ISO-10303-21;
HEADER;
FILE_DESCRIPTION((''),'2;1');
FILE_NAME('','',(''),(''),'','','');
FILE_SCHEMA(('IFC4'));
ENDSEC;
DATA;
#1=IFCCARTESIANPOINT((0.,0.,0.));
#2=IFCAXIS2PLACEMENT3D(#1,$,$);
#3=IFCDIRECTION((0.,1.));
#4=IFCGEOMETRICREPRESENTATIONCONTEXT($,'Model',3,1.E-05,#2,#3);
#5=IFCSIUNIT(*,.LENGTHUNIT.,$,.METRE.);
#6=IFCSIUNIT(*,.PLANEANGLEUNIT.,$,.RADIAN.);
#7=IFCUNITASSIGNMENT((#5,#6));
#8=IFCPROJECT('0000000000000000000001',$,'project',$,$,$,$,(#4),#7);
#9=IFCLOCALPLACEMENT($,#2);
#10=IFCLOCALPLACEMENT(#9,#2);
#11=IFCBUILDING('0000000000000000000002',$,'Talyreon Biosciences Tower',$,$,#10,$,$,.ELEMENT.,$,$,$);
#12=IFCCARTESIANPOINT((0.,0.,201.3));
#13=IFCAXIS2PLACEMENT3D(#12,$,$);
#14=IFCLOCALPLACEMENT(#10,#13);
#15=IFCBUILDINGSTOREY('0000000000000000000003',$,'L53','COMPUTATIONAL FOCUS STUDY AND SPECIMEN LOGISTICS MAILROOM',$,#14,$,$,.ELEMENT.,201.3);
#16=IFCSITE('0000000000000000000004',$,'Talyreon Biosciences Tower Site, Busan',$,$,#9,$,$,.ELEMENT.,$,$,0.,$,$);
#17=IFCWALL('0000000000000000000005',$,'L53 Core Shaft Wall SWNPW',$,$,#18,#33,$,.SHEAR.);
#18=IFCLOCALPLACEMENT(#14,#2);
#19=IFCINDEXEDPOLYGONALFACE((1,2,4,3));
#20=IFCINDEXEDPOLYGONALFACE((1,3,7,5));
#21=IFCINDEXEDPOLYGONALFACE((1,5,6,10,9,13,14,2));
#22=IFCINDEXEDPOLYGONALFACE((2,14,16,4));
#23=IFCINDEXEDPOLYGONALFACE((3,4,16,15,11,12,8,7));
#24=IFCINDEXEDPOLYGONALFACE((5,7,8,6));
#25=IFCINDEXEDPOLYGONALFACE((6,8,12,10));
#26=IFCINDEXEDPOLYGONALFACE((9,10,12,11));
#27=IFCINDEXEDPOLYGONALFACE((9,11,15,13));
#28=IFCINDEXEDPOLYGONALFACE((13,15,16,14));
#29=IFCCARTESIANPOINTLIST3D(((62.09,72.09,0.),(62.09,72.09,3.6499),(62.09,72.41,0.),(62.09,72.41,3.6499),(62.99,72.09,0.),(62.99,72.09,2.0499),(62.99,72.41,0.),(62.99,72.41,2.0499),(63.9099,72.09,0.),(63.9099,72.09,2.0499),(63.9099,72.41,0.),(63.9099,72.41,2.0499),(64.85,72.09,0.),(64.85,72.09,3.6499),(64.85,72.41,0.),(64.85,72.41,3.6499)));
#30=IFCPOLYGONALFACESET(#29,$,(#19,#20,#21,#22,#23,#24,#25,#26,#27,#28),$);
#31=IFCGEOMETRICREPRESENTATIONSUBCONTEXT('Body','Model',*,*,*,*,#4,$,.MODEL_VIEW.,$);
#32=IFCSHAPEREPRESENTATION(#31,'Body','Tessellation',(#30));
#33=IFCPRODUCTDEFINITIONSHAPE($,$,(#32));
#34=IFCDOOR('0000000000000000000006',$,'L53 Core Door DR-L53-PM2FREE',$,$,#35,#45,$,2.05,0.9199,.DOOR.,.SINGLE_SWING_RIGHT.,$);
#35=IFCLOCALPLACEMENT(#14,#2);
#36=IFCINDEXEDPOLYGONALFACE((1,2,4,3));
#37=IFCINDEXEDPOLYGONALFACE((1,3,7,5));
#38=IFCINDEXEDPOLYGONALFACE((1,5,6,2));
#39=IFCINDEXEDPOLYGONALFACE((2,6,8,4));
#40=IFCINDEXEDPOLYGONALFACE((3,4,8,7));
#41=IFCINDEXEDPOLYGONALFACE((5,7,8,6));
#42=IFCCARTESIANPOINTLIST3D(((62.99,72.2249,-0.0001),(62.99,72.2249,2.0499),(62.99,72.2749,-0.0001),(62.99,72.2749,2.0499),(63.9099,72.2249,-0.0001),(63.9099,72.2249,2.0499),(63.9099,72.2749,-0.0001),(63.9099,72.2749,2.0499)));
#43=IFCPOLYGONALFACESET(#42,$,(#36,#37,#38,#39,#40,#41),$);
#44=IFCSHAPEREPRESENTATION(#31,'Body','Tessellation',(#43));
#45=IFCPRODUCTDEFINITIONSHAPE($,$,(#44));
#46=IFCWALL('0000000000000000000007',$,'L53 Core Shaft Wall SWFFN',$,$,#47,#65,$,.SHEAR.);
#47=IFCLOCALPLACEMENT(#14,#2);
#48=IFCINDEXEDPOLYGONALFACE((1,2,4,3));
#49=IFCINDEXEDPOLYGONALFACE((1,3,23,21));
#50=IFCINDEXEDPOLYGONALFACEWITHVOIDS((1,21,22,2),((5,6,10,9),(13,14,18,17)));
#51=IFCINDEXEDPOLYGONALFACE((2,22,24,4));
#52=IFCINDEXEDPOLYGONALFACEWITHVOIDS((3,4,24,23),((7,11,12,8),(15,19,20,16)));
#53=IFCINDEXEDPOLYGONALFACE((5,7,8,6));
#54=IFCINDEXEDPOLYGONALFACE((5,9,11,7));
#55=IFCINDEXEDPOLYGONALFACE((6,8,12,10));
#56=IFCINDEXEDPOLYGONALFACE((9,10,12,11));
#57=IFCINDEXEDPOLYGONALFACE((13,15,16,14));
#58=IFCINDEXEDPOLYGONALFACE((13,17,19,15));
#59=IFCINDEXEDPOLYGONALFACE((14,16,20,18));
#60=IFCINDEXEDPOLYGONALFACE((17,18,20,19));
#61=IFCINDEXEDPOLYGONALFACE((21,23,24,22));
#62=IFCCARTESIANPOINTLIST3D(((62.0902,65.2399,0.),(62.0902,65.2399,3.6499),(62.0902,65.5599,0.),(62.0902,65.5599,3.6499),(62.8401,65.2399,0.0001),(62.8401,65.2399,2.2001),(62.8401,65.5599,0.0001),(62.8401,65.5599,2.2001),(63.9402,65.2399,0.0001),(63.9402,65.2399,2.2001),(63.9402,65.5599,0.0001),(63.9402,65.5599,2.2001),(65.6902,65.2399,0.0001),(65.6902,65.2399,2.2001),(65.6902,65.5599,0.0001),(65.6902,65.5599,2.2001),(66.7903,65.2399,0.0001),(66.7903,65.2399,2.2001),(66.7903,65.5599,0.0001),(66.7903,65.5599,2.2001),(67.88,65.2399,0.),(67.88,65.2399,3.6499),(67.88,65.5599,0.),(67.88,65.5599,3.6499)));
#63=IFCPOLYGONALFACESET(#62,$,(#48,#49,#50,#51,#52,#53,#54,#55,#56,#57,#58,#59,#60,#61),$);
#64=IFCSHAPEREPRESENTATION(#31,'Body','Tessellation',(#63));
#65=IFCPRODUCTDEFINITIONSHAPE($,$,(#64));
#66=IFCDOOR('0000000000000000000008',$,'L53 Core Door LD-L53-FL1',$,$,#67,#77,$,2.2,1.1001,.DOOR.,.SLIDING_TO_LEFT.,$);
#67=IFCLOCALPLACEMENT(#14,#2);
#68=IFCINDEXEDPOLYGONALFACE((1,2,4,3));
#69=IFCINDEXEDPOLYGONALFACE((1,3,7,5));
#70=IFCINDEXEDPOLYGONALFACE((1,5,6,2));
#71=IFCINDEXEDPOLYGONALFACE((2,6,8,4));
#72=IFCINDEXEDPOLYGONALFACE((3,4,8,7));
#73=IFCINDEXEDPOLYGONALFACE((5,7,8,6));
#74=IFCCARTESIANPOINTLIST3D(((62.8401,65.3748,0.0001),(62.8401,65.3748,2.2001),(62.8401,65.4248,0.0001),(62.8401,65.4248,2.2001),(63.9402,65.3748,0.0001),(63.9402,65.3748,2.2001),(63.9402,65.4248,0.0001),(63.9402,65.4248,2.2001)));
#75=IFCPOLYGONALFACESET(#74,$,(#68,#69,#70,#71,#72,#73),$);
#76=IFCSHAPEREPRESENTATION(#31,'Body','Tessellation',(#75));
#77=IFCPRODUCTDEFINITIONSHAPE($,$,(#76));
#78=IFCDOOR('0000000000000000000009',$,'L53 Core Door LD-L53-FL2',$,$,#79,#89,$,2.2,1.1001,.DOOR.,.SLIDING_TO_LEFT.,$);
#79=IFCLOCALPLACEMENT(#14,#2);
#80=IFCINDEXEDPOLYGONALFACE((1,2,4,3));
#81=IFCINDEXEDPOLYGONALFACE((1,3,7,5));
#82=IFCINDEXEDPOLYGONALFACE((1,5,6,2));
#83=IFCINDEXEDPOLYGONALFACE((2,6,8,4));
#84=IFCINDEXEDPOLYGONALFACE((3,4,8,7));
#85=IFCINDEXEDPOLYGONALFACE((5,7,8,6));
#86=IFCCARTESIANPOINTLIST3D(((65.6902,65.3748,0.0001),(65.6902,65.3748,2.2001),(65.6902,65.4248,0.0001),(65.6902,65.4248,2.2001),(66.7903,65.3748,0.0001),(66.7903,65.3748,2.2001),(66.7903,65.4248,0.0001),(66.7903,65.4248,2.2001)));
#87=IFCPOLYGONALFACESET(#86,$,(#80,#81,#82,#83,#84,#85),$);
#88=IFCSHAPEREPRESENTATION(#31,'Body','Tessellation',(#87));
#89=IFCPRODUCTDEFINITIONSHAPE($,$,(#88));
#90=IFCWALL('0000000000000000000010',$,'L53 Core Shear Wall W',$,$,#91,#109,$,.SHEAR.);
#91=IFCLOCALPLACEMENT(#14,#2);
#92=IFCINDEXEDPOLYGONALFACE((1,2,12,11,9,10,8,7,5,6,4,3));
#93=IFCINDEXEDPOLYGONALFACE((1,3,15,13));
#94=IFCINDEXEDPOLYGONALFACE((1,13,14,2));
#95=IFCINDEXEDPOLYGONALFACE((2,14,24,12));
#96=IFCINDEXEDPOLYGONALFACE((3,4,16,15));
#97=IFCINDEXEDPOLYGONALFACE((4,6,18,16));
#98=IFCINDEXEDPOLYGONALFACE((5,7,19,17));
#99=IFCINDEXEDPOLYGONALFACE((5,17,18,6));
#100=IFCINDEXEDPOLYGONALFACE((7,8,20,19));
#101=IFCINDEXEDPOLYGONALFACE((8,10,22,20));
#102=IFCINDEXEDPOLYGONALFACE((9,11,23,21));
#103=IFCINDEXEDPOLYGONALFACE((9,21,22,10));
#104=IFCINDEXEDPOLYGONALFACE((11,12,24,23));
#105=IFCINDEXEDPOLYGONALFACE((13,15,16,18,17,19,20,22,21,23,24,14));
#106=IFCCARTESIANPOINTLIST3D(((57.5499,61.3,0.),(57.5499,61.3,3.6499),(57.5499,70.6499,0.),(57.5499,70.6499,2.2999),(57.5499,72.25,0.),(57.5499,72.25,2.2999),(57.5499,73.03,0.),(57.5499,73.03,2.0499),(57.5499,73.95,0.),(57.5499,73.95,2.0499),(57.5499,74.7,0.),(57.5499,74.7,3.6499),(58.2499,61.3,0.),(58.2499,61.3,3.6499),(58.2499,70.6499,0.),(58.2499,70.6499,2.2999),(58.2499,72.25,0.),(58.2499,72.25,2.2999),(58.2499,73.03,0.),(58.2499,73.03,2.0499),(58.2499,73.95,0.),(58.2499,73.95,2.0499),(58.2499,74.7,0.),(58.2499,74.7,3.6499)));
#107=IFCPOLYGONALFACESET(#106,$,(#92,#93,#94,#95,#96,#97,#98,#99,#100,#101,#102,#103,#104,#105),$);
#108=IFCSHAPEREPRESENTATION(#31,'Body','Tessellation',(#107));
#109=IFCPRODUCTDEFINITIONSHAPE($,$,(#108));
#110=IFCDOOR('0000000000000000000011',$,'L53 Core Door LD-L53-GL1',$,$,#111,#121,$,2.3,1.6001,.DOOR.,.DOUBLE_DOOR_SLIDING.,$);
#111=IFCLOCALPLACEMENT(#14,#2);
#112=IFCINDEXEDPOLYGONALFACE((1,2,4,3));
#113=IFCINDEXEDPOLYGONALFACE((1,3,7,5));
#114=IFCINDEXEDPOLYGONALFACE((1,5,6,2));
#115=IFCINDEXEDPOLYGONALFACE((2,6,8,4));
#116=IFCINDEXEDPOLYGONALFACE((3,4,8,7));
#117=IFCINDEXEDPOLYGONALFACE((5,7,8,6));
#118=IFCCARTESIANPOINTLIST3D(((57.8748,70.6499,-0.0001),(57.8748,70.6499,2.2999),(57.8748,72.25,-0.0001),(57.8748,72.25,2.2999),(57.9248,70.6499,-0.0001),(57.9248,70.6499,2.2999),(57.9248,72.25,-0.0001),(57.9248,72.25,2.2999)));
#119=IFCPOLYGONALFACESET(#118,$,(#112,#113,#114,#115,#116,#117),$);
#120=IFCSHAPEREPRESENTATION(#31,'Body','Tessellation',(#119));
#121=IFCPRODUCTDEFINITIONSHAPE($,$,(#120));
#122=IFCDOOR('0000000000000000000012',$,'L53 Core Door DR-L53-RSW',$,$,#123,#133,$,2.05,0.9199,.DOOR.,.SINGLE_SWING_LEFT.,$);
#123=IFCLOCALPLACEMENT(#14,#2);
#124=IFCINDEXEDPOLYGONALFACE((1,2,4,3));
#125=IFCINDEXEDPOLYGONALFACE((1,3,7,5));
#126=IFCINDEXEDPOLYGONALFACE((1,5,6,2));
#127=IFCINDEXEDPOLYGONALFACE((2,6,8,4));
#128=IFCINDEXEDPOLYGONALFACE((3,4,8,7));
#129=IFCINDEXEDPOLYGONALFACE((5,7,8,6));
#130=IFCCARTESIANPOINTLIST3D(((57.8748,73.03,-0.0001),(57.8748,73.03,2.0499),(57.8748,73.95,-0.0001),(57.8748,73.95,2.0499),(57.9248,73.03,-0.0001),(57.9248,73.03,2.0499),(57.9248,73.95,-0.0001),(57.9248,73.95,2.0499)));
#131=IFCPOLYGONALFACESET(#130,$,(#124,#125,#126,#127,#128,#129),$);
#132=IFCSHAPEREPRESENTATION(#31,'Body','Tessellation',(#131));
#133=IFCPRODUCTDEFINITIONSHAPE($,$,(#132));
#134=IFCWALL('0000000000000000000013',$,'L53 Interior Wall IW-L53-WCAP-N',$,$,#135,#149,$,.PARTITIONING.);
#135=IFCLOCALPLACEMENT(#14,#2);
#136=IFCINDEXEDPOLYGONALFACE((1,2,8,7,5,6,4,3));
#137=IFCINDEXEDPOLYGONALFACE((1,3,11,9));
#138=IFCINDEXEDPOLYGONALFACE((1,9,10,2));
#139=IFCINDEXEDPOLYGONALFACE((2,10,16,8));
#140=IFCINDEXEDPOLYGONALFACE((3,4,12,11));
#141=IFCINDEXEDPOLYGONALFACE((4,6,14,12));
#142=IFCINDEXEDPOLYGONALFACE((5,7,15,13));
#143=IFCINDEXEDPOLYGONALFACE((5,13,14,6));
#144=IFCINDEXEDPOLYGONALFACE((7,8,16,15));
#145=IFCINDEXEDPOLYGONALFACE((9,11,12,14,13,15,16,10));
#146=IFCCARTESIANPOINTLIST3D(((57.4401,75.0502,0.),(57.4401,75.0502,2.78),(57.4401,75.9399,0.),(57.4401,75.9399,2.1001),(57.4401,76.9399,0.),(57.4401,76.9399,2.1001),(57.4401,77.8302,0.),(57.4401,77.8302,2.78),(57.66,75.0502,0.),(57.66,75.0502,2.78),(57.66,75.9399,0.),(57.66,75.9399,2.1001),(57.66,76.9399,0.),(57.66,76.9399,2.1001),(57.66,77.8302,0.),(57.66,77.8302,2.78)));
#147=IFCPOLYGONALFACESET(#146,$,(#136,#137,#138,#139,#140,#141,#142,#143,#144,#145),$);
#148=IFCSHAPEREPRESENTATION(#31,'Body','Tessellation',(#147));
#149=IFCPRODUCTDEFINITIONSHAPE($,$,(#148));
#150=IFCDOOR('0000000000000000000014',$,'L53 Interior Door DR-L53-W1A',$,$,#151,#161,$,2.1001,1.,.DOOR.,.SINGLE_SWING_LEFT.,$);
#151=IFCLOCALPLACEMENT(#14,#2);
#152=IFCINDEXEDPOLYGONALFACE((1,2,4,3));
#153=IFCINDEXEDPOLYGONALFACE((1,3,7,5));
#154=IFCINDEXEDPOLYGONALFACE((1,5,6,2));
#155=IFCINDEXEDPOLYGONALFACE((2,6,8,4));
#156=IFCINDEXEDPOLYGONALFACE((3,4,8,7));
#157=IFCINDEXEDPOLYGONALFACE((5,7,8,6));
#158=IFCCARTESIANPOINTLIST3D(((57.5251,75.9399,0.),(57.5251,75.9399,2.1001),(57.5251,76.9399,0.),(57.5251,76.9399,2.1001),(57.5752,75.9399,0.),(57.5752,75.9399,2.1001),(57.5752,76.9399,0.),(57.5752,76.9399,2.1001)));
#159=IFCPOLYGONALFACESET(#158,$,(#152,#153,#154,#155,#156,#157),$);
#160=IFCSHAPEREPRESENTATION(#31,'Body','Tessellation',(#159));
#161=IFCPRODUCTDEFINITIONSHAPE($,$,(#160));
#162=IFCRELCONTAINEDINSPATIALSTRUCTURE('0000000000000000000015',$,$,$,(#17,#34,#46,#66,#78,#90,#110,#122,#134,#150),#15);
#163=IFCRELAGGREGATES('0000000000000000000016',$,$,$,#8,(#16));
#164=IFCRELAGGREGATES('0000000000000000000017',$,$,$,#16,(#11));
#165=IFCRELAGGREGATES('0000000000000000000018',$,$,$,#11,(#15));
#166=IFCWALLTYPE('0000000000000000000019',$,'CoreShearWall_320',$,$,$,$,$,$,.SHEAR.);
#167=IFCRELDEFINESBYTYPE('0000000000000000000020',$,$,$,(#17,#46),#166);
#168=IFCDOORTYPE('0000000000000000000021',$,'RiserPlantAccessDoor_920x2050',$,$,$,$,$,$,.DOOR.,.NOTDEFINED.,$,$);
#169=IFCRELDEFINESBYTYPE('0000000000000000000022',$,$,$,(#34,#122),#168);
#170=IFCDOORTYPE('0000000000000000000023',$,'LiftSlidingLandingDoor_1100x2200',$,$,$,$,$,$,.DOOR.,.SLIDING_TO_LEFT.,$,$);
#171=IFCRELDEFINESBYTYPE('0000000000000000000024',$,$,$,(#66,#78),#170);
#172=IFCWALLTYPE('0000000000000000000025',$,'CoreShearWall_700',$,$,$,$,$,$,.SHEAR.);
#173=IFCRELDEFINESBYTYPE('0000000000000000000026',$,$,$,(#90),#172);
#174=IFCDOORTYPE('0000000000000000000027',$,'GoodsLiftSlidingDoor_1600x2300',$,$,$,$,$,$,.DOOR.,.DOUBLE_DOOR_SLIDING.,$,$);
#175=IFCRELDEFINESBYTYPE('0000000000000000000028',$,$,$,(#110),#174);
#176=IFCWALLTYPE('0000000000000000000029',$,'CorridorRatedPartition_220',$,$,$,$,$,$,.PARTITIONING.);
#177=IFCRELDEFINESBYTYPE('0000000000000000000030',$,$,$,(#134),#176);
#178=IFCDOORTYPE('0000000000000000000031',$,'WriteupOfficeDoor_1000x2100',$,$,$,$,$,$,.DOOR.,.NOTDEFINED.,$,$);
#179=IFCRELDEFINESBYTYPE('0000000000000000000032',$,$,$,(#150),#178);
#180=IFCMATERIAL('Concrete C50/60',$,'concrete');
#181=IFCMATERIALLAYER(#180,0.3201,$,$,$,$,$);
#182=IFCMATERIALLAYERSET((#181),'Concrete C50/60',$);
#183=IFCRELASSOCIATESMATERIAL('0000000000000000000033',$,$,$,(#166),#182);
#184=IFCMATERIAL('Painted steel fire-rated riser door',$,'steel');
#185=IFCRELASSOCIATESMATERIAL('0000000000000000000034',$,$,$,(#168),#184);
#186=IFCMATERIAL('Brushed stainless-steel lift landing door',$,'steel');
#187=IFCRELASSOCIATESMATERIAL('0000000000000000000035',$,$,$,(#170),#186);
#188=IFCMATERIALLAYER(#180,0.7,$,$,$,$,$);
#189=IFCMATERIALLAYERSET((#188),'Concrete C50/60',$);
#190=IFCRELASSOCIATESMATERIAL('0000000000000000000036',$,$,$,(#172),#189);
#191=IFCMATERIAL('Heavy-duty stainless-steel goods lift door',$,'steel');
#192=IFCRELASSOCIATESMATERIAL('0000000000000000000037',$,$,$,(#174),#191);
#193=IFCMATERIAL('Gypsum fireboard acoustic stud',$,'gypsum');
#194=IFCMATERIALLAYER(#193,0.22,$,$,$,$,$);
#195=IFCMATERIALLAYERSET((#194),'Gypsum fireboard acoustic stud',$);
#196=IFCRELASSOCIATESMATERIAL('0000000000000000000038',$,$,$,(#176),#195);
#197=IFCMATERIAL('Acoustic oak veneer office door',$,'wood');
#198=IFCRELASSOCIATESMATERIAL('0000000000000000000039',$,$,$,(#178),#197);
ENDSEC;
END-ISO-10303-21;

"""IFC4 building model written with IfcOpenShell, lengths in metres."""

from ifc_helpers import new_model, si_unit, direction, frame, frame_2d, origin, place, context, subcontext, project, spatial, rectangle, extrude, material, layer, layer_set, type_object, element, fill, save


model = new_model("IFC4")

# Units and contexts
model_context = context("Model", 3, precision=1e-05, world=origin(), true_north=direction((0.0, 1.0)))
body_context = subcontext(model_context, "Body", "Model", "MODEL_VIEW")
ifc_project = project(units=[si_unit("LENGTHUNIT", "METRE"), si_unit("PLANEANGLEUNIT", "RADIAN")], contexts=[model_context])

# Site, building, storey
site_placement = place(None, origin())
site = spatial("IfcSite", under=ifc_project, at=site_placement, Name="Talyreon Biosciences Tower Site, Busan", CompositionType="ELEMENT", RefElevation=0.0)
building_placement = place(site_placement, origin())
building = spatial("IfcBuilding", under=site, at=building_placement, Name="Talyreon Biosciences Tower", CompositionType="ELEMENT")
storey_placement = place(building_placement, frame((0.0, 0.0, 201.3)))
storey = spatial("IfcBuildingStorey", under=building, at=storey_placement, Name="L53", Description="COMPUTATIONAL FOCUS STUDY AND SPECIMEN LOGISTICS MAILROOM", CompositionType="ELEMENT", Elevation=201.3)

# Shared definitions
ifc_material_1 = material(Name="Concrete C50/60", Category="concrete")

# Shared definitions
ifc_layer_1 = layer(ifc_material_1, 0.3201)
ifc_layer_set_1 = layer_set([ifc_layer_1], Name="Concrete C50/60")
wall_type_1 = type_object("IfcWallType", Name="CoreShearWall_320", PredefinedType="SHEAR", material=ifc_layer_set_1)

# Wall, opening, door
wall_1_placement = place(storey_placement, frame((62.0901, 72.25, 0.0), z_axis=(0.0, 0.0, 1.0), x_axis=(1.0, 0.0, 0.0)))
wall_1 = element("IfcWall", 1, at=wall_1_placement, inside=storey, type_object=wall_type_1, Name="L53 Core Shaft Wall SWNPW", PredefinedType="SHEAR", context=body_context, shape_type="SweptSolid", body=[
    extrude(rectangle(XDim=2.76, YDim=0.3201, at=frame_2d((1.3799, 0.0))), origin(), (0.0, 0.0, 1.0), 3.6499),
])
opening_1_placement = place(wall_1_placement, frame((0.8999, 0.0, 0.0)))
opening_1 = element("IfcOpeningElement", 2, at=opening_1_placement, cuts=wall_1, PredefinedType="OPENING", context=body_context, shape_type="SweptSolid", body=[
    extrude(rectangle(XDim=0.9199, YDim=2.05, at=frame_2d((0.46, 1.0249))), frame((0.0, 0.1699, 0.0), z_axis=(0.0, -1.0, 0.0), x_axis=(1.0, 0.0, 0.0)), (0.0, 0.0, 1.0), 0.3401),
])
ifc_material_2 = material(Name="Painted steel fire-rated riser door", Category="steel")
door_type_1 = type_object("IfcDoorType", Name="RiserPlantAccessDoor_920x2050", OperationType="NOTDEFINED", PredefinedType="DOOR", material=ifc_material_2)
door_1_placement = place(opening_1_placement, origin())
door_1 = element("IfcDoor", 3, at=door_1_placement, inside=storey, type_object=door_type_1, Name="L53 Core Door DR-L53-PM2FREE", OperationType="SINGLE_SWING_RIGHT", OverallHeight=2.05, OverallWidth=0.9199, PredefinedType="DOOR", context=body_context, shape_type="SweptSolid", body=[
    extrude(rectangle(XDim=0.9199, YDim=2.05, at=frame_2d((0.46, 1.0249))), frame((0.0, 0.0249, 0.0), z_axis=(0.0, -1.0, 0.0), x_axis=(1.0, 0.0, 0.0)), (0.0, 0.0, 1.0), 0.05),
])
fill(opening_1, door_1)

# Walls, openings, doors
wall_2_placement = place(storey_placement, frame((62.0901, 65.3999, 0.0), z_axis=(0.0, 0.0, 1.0), x_axis=(1.0, 0.0, 0.0)))
wall_2 = element("IfcWall", 4, at=wall_2_placement, inside=storey, type_object=wall_type_1, Name="L53 Core Shaft Wall SWFFN", PredefinedType="SHEAR", context=body_context, shape_type="SweptSolid", body=[
    extrude(rectangle(XDim=5.7898, YDim=0.3201, at=frame_2d((2.895, 0.0))), origin(), (0.0, 0.0, 1.0), 3.6499),
])
opening_2_placement = place(wall_2_placement, frame((0.75, 0.0, 0.0)))
opening_2 = element("IfcOpeningElement", 5, at=opening_2_placement, cuts=wall_2, PredefinedType="OPENING", context=body_context, shape_type="SweptSolid", body=[
    extrude(rectangle(XDim=1.1001, YDim=2.2, at=frame_2d((0.55, 1.1001))), frame((0.0, 0.1699, 0.0), z_axis=(0.0, -1.0, 0.0), x_axis=(1.0, 0.0, 0.0)), (0.0, 0.0, 1.0), 0.3401),
])
opening_3_placement = place(wall_2_placement, frame((3.6001, 0.0, 0.0)))
opening_3 = element("IfcOpeningElement", 6, at=opening_3_placement, cuts=wall_2, PredefinedType="OPENING", context=body_context, shape_type="SweptSolid", body=[
    extrude(rectangle(XDim=1.1001, YDim=2.2, at=frame_2d((0.55, 1.1001))), frame((0.0, 0.1699, 0.0), z_axis=(0.0, -1.0, 0.0), x_axis=(1.0, 0.0, 0.0)), (0.0, 0.0, 1.0), 0.3401),
])
ifc_material_3 = material(Name="Brushed stainless-steel lift landing door", Category="steel")
door_type_2 = type_object("IfcDoorType", Name="LiftSlidingLandingDoor_1100x2200", OperationType="SLIDING_TO_LEFT", PredefinedType="DOOR", material=ifc_material_3)
door_2_placement = place(opening_2_placement, origin())
door_2 = element("IfcDoor", 7, at=door_2_placement, inside=storey, type_object=door_type_2, Name="L53 Core Door LD-L53-FL1", OperationType="SLIDING_TO_LEFT", OverallHeight=2.2, OverallWidth=1.1001, PredefinedType="DOOR", context=body_context, shape_type="SweptSolid", body=[
    extrude(rectangle(XDim=1.1001, YDim=2.2, at=frame_2d((0.55, 1.1001))), frame((0.0, 0.0249, 0.0), z_axis=(0.0, -1.0, 0.0), x_axis=(1.0, 0.0, 0.0)), (0.0, 0.0, 1.0), 0.05),
])
fill(opening_2, door_2)
door_3_placement = place(opening_3_placement, origin())
door_3 = element("IfcDoor", 8, at=door_3_placement, inside=storey, type_object=door_type_2, Name="L53 Core Door LD-L53-FL2", OperationType="SLIDING_TO_LEFT", OverallHeight=2.2, OverallWidth=1.1001, PredefinedType="DOOR", context=body_context, shape_type="SweptSolid", body=[
    extrude(rectangle(XDim=1.1001, YDim=2.2, at=frame_2d((0.55, 1.1001))), frame((0.0, 0.0249, 0.0), z_axis=(0.0, -1.0, 0.0), x_axis=(1.0, 0.0, 0.0)), (0.0, 0.0, 1.0), 0.05),
])
fill(opening_3, door_3)
ifc_layer_2 = layer(ifc_material_1, 0.7)
ifc_layer_set_2 = layer_set([ifc_layer_2], Name="Concrete C50/60")
wall_type_2 = type_object("IfcWallType", Name="CoreShearWall_700", PredefinedType="SHEAR", material=ifc_layer_set_2)
wall_3_placement = place(storey_placement, frame((57.8999, 74.7, 0.0), z_axis=(0.0, 0.0, 1.0), x_axis=(0.0, -1.0, 0.0)))
wall_3 = element("IfcWall", 9, at=wall_3_placement, inside=storey, type_object=wall_type_2, Name="L53 Core Shear Wall W", PredefinedType="SHEAR", context=body_context, shape_type="SweptSolid", body=[
    extrude(rectangle(XDim=13.3999, YDim=0.7, at=frame_2d((6.7, 0.0))), origin(), (0.0, 0.0, 1.0), 3.6499),
])
opening_4_placement = place(wall_3_placement, frame((0.75, 0.0, 0.0)))
opening_4 = element("IfcOpeningElement", 10, at=opening_4_placement, cuts=wall_3, PredefinedType="OPENING", context=body_context, shape_type="SweptSolid", body=[
    extrude(rectangle(XDim=0.9199, YDim=2.05, at=frame_2d((0.46, 1.0249))), frame((0.0, 0.3599, 0.0), z_axis=(0.0, -1.0, 0.0), x_axis=(1.0, 0.0, 0.0)), (0.0, 0.0, 1.0), 0.72),
])
opening_5_placement = place(wall_3_placement, frame((2.45, 0.0, 0.0)))
opening_5 = element("IfcOpeningElement", 11, at=opening_5_placement, cuts=wall_3, PredefinedType="OPENING", context=body_context, shape_type="SweptSolid", body=[
    extrude(rectangle(XDim=1.6001, YDim=2.3, at=frame_2d((0.8, 1.1499))), frame((0.0, 0.3599, 0.0), z_axis=(0.0, -1.0, 0.0), x_axis=(1.0, 0.0, 0.0)), (0.0, 0.0, 1.0), 0.72),
])
ifc_material_4 = material(Name="Heavy-duty stainless-steel goods lift door", Category="steel")
door_type_3 = type_object("IfcDoorType", Name="GoodsLiftSlidingDoor_1600x2300", OperationType="DOUBLE_DOOR_SLIDING", PredefinedType="DOOR", material=ifc_material_4)
door_4_placement = place(opening_5_placement, origin())
door_4 = element("IfcDoor", 12, at=door_4_placement, inside=storey, type_object=door_type_3, Name="L53 Core Door LD-L53-GL1", OperationType="DOUBLE_DOOR_SLIDING", OverallHeight=2.3, OverallWidth=1.6001, PredefinedType="DOOR", context=body_context, shape_type="SweptSolid", body=[
    extrude(rectangle(XDim=1.6001, YDim=2.3, at=frame_2d((0.8, 1.1499))), frame((0.0, 0.0249, 0.0), z_axis=(0.0, -1.0, 0.0), x_axis=(1.0, 0.0, 0.0)), (0.0, 0.0, 1.0), 0.05),
])
fill(opening_5, door_4)
door_5_placement = place(opening_4_placement, origin())
door_5 = element("IfcDoor", 13, at=door_5_placement, inside=storey, type_object=door_type_1, Name="L53 Core Door DR-L53-RSW", OperationType="SINGLE_SWING_LEFT", OverallHeight=2.05, OverallWidth=0.9199, PredefinedType="DOOR", context=body_context, shape_type="SweptSolid", body=[
    extrude(rectangle(XDim=0.9199, YDim=2.05, at=frame_2d((0.46, 1.0249))), frame((0.0, 0.0249, 0.0), z_axis=(0.0, -1.0, 0.0), x_axis=(1.0, 0.0, 0.0)), (0.0, 0.0, 1.0), 0.05),
])
fill(opening_4, door_5)

# Wall, opening, door
ifc_material_5 = material(Name="Gypsum fireboard acoustic stud", Category="gypsum")
ifc_layer_3 = layer(ifc_material_5, 0.22)
ifc_layer_set_3 = layer_set([ifc_layer_3], Name="Gypsum fireboard acoustic stud")
wall_type_3 = type_object("IfcWallType", Name="CorridorRatedPartition_220", PredefinedType="PARTITIONING", material=ifc_layer_set_3)
wall_4_placement = place(storey_placement, frame((57.55, 75.05, 0.0), z_axis=(0.0, 0.0, 1.0), x_axis=(0.0, 1.0, 0.0)))
wall_4 = element("IfcWall", 14, at=wall_4_placement, inside=storey, type_object=wall_type_3, Name="L53 Interior Wall IW-L53-WCAP-N", PredefinedType="PARTITIONING", context=body_context, shape_type="SweptSolid", body=[
    extrude(rectangle(XDim=2.78, YDim=0.22, at=frame_2d((1.3901, 0.0))), origin(), (0.0, 0.0, 1.0), 2.78),
])
opening_6_placement = place(wall_4_placement, frame((0.8899, 0.0, 0.0)))
opening_6 = element("IfcOpeningElement", 15, at=opening_6_placement, cuts=wall_4, PredefinedType="OPENING", context=body_context, shape_type="SweptSolid", body=[
    extrude(rectangle(XDim=1.0, YDim=2.1001, at=frame_2d((0.5, 1.05))), frame((0.0, 0.1199, 0.0), z_axis=(0.0, -1.0, 0.0), x_axis=(1.0, 0.0, 0.0)), (0.0, 0.0, 1.0), 0.24),
])
ifc_material_6 = material(Name="Acoustic oak veneer office door", Category="wood")
door_type_4 = type_object("IfcDoorType", Name="WriteupOfficeDoor_1000x2100", OperationType="NOTDEFINED", PredefinedType="DOOR", material=ifc_material_6)
door_6_placement = place(opening_6_placement, origin())
door_6 = element("IfcDoor", 16, at=door_6_placement, inside=storey, type_object=door_type_4, Name="L53 Interior Door DR-L53-W1A", OperationType="SINGLE_SWING_LEFT", OverallHeight=2.1001, OverallWidth=1.0, PredefinedType="DOOR", context=body_context, shape_type="SweptSolid", body=[
    extrude(rectangle(XDim=1.0, YDim=2.1001, at=frame_2d((0.5, 1.05))), frame((0.0, 0.0249, 0.0), z_axis=(0.0, -1.0, 0.0), x_axis=(1.0, 0.0, 0.0)), (0.0, 0.0, 1.0), 0.05),
])
fill(opening_6, door_6)

save(model, "model.ifc")
